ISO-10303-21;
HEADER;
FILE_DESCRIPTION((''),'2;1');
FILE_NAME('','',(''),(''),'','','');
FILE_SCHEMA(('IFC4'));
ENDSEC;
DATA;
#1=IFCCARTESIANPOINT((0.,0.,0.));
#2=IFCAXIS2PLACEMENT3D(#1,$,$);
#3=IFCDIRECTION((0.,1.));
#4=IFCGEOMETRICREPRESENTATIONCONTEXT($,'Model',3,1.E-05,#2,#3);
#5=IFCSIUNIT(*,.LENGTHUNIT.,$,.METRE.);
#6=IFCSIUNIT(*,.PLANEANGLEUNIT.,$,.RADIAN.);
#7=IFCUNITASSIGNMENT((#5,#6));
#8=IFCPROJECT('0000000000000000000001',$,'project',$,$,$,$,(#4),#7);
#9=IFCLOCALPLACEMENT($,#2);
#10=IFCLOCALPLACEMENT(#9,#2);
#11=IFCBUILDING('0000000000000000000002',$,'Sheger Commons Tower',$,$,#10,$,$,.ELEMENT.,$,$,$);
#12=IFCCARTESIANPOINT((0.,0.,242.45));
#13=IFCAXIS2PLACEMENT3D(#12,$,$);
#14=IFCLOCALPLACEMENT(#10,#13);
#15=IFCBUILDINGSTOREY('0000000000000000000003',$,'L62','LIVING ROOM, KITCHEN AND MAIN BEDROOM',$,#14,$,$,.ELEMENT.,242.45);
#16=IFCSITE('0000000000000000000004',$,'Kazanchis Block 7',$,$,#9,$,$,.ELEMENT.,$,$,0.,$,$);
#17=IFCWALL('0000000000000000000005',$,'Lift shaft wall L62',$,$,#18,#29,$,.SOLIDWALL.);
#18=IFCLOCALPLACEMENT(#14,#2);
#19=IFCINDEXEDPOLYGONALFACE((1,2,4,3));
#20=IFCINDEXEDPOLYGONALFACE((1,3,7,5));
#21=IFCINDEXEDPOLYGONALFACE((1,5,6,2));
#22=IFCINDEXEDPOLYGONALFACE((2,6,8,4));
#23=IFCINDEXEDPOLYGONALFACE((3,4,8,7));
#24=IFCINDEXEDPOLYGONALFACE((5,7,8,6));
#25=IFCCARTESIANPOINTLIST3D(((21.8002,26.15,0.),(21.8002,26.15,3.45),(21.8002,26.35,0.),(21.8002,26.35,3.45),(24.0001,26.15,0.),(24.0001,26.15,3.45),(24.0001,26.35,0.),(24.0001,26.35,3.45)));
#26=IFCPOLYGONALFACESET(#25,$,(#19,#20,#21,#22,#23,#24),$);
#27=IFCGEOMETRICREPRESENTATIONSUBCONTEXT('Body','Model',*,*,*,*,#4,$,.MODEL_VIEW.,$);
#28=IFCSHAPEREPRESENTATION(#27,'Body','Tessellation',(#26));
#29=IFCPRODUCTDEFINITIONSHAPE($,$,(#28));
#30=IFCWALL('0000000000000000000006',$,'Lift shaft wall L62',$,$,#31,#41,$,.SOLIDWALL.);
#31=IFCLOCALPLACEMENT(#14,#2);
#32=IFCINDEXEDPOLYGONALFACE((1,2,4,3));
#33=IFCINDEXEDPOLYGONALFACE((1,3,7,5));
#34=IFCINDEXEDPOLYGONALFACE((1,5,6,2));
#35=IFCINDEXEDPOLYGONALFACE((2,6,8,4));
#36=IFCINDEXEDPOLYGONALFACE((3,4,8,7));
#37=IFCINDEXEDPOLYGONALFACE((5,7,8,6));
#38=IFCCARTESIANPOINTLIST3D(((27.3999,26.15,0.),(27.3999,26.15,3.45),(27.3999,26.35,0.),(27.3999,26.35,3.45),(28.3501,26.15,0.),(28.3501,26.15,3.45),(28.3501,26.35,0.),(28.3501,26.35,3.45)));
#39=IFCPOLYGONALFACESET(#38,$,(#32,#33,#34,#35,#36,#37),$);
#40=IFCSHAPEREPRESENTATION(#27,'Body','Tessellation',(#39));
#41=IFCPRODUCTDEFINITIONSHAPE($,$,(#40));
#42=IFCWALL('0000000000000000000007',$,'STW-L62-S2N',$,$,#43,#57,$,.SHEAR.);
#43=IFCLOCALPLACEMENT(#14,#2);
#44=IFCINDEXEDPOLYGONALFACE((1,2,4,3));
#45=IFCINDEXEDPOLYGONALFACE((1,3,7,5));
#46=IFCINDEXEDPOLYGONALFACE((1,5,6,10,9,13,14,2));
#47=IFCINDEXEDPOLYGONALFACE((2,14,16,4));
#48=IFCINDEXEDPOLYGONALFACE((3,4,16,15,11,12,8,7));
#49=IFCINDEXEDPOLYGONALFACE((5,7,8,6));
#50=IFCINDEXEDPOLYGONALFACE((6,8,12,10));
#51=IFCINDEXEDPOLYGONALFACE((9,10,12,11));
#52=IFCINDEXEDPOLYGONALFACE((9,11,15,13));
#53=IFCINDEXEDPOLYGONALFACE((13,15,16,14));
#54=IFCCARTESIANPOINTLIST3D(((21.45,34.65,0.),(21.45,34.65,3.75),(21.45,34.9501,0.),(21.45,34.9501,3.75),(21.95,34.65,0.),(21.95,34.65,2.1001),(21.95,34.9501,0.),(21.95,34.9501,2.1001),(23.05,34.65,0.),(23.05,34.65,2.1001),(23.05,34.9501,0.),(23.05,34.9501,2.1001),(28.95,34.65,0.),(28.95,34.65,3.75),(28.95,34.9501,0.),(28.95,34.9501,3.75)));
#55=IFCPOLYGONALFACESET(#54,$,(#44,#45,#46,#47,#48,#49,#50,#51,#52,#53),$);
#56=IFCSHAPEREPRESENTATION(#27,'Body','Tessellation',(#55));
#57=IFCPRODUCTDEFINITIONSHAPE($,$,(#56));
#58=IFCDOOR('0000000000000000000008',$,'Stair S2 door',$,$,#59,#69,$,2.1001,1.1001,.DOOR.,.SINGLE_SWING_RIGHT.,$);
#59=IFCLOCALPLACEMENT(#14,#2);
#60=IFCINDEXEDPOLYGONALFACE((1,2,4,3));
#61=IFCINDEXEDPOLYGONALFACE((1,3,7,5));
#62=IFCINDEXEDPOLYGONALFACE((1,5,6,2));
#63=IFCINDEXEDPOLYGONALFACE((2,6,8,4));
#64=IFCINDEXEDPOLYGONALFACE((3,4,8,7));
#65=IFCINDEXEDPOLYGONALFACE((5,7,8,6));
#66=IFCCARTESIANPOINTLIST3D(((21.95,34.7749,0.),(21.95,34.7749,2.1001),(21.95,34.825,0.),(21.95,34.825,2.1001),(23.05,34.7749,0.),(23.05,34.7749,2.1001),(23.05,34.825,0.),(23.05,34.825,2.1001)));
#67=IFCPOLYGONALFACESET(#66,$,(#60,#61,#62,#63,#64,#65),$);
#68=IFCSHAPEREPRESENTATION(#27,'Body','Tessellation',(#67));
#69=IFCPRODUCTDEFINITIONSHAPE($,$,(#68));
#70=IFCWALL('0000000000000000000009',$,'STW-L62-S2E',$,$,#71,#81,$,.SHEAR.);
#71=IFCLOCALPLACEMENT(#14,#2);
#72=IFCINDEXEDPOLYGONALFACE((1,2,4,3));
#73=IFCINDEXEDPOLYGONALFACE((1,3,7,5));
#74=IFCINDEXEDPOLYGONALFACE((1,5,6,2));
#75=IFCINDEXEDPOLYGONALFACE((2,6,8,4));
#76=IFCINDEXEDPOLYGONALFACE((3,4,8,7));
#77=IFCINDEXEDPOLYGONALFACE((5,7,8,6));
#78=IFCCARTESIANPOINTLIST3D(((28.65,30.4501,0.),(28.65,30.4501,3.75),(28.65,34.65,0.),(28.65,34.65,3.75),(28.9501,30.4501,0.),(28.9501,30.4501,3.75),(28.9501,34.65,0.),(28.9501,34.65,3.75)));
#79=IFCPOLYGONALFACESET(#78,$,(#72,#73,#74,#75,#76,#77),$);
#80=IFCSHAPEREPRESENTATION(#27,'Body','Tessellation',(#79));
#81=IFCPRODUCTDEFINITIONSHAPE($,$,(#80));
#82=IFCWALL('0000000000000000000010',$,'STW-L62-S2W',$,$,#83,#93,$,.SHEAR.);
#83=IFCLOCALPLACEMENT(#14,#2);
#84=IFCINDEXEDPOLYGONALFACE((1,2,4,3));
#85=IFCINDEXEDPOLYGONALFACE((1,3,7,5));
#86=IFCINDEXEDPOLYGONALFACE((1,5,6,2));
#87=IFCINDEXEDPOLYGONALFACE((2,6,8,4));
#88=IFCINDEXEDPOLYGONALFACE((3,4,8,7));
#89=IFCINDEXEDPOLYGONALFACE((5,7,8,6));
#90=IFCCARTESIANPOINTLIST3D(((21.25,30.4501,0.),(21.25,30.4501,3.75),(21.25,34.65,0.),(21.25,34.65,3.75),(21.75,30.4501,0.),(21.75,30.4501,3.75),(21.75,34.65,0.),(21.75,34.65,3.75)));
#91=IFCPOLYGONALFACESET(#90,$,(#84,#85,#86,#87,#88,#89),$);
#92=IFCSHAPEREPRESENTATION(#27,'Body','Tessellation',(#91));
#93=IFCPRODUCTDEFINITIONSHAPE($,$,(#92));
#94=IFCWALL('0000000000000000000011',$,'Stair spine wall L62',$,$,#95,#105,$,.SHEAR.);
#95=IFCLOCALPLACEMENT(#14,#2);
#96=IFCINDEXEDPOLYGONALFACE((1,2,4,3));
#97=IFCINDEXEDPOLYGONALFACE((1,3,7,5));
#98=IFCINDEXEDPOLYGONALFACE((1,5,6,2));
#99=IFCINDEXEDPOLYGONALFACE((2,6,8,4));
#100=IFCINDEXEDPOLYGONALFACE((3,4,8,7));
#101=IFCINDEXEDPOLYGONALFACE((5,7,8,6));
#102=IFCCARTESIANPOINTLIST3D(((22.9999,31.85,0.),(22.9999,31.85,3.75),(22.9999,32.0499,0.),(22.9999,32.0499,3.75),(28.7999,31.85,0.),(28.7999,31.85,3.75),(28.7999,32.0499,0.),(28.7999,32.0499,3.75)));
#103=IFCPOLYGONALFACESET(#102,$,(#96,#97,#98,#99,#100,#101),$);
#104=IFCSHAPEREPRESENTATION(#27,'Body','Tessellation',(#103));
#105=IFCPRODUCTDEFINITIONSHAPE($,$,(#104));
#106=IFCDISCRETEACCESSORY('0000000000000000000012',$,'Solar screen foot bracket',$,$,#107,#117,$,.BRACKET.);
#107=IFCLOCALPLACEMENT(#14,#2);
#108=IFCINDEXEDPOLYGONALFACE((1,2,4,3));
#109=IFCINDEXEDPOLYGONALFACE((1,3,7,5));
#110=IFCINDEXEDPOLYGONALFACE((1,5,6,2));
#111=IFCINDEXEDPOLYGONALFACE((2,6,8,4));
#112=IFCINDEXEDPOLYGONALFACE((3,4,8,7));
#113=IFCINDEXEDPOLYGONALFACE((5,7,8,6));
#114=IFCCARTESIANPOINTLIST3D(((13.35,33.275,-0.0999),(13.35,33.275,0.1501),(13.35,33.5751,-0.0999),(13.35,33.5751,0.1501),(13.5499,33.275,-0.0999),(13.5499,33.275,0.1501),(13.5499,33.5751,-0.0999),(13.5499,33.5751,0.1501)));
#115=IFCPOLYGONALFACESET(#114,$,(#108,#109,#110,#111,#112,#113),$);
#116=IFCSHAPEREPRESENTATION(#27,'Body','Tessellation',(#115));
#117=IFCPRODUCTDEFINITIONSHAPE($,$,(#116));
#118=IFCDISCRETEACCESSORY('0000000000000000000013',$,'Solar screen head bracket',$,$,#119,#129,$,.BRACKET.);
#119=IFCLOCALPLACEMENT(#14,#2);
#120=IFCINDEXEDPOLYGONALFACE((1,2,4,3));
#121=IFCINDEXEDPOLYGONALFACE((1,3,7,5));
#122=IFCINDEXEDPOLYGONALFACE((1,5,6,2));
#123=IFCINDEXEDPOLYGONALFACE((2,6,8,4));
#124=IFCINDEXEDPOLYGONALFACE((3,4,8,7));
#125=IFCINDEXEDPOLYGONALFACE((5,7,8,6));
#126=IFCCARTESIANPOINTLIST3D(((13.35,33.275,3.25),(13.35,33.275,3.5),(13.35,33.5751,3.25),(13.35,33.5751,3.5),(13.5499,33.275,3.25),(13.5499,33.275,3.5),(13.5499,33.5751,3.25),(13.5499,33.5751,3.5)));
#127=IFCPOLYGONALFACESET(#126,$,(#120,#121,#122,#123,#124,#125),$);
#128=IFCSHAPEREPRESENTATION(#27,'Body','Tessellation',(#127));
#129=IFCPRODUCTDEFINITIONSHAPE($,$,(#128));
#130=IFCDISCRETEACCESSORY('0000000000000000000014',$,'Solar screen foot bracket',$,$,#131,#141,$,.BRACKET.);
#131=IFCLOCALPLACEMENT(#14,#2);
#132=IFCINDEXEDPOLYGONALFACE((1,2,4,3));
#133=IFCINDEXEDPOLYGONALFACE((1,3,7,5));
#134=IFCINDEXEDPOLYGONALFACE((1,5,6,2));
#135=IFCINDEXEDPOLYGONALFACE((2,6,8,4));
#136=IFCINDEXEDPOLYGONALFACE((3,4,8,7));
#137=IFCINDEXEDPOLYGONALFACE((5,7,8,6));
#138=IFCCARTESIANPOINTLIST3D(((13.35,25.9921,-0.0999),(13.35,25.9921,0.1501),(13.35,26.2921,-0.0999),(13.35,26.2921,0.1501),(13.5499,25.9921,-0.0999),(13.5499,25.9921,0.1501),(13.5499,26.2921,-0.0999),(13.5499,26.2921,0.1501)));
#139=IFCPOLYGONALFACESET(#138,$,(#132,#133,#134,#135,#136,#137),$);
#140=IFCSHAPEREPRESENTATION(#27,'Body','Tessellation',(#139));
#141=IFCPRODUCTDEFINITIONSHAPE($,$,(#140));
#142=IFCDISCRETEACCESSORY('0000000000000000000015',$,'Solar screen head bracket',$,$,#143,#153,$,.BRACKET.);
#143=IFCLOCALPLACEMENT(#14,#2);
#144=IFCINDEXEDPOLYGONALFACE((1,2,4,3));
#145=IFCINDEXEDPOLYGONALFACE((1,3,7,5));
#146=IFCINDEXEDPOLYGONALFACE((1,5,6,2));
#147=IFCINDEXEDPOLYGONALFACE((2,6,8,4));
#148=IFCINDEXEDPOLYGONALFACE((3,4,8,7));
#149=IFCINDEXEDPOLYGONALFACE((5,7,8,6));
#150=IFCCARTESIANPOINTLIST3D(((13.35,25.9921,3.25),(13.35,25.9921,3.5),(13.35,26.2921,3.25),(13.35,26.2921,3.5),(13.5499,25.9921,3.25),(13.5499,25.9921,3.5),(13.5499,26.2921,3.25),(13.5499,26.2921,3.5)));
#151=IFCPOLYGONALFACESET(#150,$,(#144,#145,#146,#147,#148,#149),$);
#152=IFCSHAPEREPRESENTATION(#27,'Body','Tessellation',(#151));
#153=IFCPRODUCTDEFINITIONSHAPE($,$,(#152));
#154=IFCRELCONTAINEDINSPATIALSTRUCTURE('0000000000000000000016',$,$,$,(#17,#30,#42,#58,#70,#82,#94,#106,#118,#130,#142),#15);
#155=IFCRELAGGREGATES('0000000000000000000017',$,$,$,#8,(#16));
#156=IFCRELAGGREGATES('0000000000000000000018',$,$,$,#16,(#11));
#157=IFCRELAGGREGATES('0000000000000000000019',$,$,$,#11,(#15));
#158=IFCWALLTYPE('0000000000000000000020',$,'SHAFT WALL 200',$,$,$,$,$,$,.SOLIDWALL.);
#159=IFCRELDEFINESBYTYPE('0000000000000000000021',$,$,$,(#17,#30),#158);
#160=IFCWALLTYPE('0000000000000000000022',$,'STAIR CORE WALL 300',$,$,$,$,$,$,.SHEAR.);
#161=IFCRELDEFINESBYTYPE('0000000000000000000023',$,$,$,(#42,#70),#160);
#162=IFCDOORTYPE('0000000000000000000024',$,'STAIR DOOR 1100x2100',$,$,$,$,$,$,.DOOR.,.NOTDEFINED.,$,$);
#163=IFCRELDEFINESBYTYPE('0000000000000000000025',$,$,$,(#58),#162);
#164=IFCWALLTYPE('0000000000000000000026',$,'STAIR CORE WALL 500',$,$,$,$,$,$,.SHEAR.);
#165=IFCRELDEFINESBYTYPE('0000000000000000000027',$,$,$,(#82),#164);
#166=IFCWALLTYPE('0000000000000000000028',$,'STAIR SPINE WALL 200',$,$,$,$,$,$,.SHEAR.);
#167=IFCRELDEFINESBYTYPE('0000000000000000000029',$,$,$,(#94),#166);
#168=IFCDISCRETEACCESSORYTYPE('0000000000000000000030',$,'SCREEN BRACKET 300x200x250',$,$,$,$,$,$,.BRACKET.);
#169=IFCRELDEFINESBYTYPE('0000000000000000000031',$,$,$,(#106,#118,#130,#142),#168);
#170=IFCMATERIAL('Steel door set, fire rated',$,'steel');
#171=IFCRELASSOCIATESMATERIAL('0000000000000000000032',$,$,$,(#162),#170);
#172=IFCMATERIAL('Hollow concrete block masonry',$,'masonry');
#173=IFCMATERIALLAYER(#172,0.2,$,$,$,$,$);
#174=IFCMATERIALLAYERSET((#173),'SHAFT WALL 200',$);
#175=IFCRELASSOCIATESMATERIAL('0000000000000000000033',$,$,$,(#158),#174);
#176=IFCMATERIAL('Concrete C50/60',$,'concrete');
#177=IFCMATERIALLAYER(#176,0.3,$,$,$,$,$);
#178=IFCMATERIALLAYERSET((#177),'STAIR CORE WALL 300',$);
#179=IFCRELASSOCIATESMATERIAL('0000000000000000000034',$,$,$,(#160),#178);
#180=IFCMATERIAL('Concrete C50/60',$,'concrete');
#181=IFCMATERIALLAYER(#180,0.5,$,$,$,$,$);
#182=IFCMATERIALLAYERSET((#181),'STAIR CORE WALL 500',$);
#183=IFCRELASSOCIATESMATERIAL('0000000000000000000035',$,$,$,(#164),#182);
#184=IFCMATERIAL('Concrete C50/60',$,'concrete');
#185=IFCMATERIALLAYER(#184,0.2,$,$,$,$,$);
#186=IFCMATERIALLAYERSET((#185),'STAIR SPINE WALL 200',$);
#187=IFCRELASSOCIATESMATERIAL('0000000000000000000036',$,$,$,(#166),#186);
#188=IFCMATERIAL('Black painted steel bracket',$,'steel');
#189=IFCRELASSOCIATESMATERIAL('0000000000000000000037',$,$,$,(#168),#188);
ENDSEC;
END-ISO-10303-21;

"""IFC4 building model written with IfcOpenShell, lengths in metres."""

from ifc_helpers import new_model, si_unit, direction, frame, frame_2d, origin, origin_2d, place, context, subcontext, project, spatial, rectangle, extrude, material, layer, layer_set, type_object, element, fill, save


model = new_model("IFC4")

# Units and contexts
model_context = context("Model", 3, precision=1e-05, world=origin(), true_north=direction((0.0, 1.0)))
body_context = subcontext(model_context, "Body", "Model", "MODEL_VIEW")
ifc_project = project(units=[si_unit("LENGTHUNIT", "METRE"), si_unit("PLANEANGLEUNIT", "RADIAN")], contexts=[model_context])

# Site, building, storey
site_placement = place(None, origin())
site = spatial("IfcSite", under=ifc_project, at=site_placement, Name="Kazanchis Block 7", CompositionType="ELEMENT", RefElevation=0.0)
building_placement = place(site_placement, origin())
building = spatial("IfcBuilding", under=site, at=building_placement, Name="Sheger Commons Tower", CompositionType="ELEMENT")
storey_placement = place(building_placement, frame((0.0, 0.0, 242.45)))
storey = spatial("IfcBuildingStorey", under=building, at=storey_placement, Name="L62", Description="LIVING ROOM, KITCHEN AND MAIN BEDROOM", CompositionType="ELEMENT", Elevation=242.45)

# Shared definitions
ifc_material_1 = material(Name="Steel door set, fire rated", Category="steel")
door_type_1 = type_object("IfcDoorType", Name="STAIR DOOR 1100x2100", OperationType="NOTDEFINED", PredefinedType="DOOR", material=ifc_material_1)

# Walls
ifc_material_2 = material(Name="Hollow concrete block masonry", Category="masonry")
ifc_layer_1 = layer(ifc_material_2, 0.2)
ifc_layer_set_1 = layer_set([ifc_layer_1], Name="SHAFT WALL 200")
wall_type_1 = type_object("IfcWallType", Name="SHAFT WALL 200", PredefinedType="SOLIDWALL", material=ifc_layer_set_1)
wall_1_placement = place(storey_placement, frame((21.8, 26.25, 0.0), z_axis=(0.0, 0.0, 1.0), x_axis=(1.0, 0.0, 0.0)))
element("IfcWall", 1, at=wall_1_placement, inside=storey, type_object=wall_type_1, Name="Lift shaft wall L62", PredefinedType="SOLIDWALL", context=body_context, shape_type="SweptSolid", body=[
    extrude(rectangle(XDim=2.2, YDim=0.2, at=frame_2d((1.1001, 0.0))), origin(), (0.0, 0.0, 1.0), 3.45),
])
wall_2_placement = place(storey_placement, frame((27.3999, 26.25, 0.0), z_axis=(0.0, 0.0, 1.0), x_axis=(1.0, 0.0, 0.0)))
element("IfcWall", 2, at=wall_2_placement, inside=storey, type_object=wall_type_1, Name="Lift shaft wall L62", PredefinedType="SOLIDWALL", context=body_context, shape_type="SweptSolid", body=[
    extrude(rectangle(XDim=0.9502, YDim=0.2, at=frame_2d((0.4751, 0.0))), origin(), (0.0, 0.0, 1.0), 3.45),
])

# Wall, opening, door
ifc_material_3 = material(Name="Concrete C50/60", Category="concrete")
ifc_layer_2 = layer(ifc_material_3, 0.3)
ifc_layer_set_2 = layer_set([ifc_layer_2], Name="STAIR CORE WALL 300")
wall_type_2 = type_object("IfcWallType", Name="STAIR CORE WALL 300", PredefinedType="SHEAR", material=ifc_layer_set_2)
wall_3_placement = place(storey_placement, frame((21.45, 34.8, 0.0), z_axis=(0.0, 0.0, 1.0), x_axis=(1.0, 0.0, 0.0)))
wall_3 = element("IfcWall", 3, at=wall_3_placement, inside=storey, type_object=wall_type_2, Name="STW-L62-S2N", PredefinedType="SHEAR", context=body_context, shape_type="SweptSolid", body=[
    extrude(rectangle(XDim=7.5, YDim=0.3, at=frame_2d((3.75, 0.0))), origin(), (0.0, 0.0, 1.0), 3.75),
])
opening_1_placement = place(wall_3_placement, frame((0.5, 0.0, 0.0)))
opening_1 = element("IfcOpeningElement", 4, at=opening_1_placement, cuts=wall_3, PredefinedType="OPENING", context=body_context, shape_type="SweptSolid", body=[
    extrude(rectangle(XDim=1.1001, YDim=2.1001, at=frame_2d((0.55, 1.05))), frame((0.0, 0.1599, 0.0), z_axis=(0.0, -1.0, 0.0), x_axis=(1.0, 0.0, 0.0)), (0.0, 0.0, 1.0), 0.3201),
])
door_1_placement = place(opening_1_placement, origin())
door_1 = element("IfcDoor", 5, at=door_1_placement, inside=storey, type_object=door_type_1, Name="Stair S2 door", OperationType="SINGLE_SWING_RIGHT", OverallHeight=2.1001, OverallWidth=1.1001, PredefinedType="DOOR", context=body_context, shape_type="SweptSolid", body=[
    extrude(rectangle(XDim=1.1001, YDim=2.1001, at=frame_2d((0.55, 1.05))), frame((0.0, 0.0249, 0.0), z_axis=(0.0, -1.0, 0.0), x_axis=(1.0, 0.0, 0.0)), (0.0, 0.0, 1.0), 0.05),
])
fill(opening_1, door_1)

# Walls
wall_4_placement = place(storey_placement, frame((28.8, 30.45, 0.0), z_axis=(0.0, 0.0, 1.0), x_axis=(0.0, 1.0, 0.0)))
element("IfcWall", 6, at=wall_4_placement, inside=storey, type_object=wall_type_2, Name="STW-L62-S2E", PredefinedType="SHEAR", context=body_context, shape_type="SweptSolid", body=[
    extrude(rectangle(XDim=4.2, YDim=0.3, at=frame_2d((2.1001, 0.0))), origin(), (0.0, 0.0, 1.0), 3.75),
])
ifc_material_4 = material(Name="Concrete C50/60", Category="concrete")
ifc_layer_3 = layer(ifc_material_4, 0.5)
ifc_layer_set_3 = layer_set([ifc_layer_3], Name="STAIR CORE WALL 500")
wall_type_3 = type_object("IfcWallType", Name="STAIR CORE WALL 500", PredefinedType="SHEAR", material=ifc_layer_set_3)
wall_5_placement = place(storey_placement, frame((21.5, 30.45, 0.0), z_axis=(0.0, 0.0, 1.0), x_axis=(0.0, 1.0, 0.0)))
element("IfcWall", 7, at=wall_5_placement, inside=storey, type_object=wall_type_3, Name="STW-L62-S2W", PredefinedType="SHEAR", context=body_context, shape_type="SweptSolid", body=[
    extrude(rectangle(XDim=4.2, YDim=0.5, at=frame_2d((2.1001, 0.0))), origin(), (0.0, 0.0, 1.0), 3.75),
])
ifc_material_5 = material(Name="Concrete C50/60", Category="concrete")
ifc_layer_4 = layer(ifc_material_5, 0.2)
ifc_layer_set_4 = layer_set([ifc_layer_4], Name="STAIR SPINE WALL 200")
wall_type_4 = type_object("IfcWallType", Name="STAIR SPINE WALL 200", PredefinedType="SHEAR", material=ifc_layer_set_4)
wall_6_placement = place(storey_placement, frame((23.0, 31.95, 0.0), z_axis=(0.0, 0.0, 1.0), x_axis=(1.0, 0.0, 0.0)))
element("IfcWall", 8, at=wall_6_placement, inside=storey, type_object=wall_type_4, Name="Stair spine wall L62", PredefinedType="SHEAR", context=body_context, shape_type="SweptSolid", body=[
    extrude(rectangle(XDim=5.8, YDim=0.2, at=frame_2d((2.8999, 0.0))), origin(), (0.0, 0.0, 1.0), 3.75),
])

# Discrete accessories
ifc_material_6 = material(Name="Black painted steel bracket", Category="steel")
discrete_accessory_type = type_object("IfcDiscreteAccessoryType", Name="SCREEN BRACKET 300x200x250", PredefinedType="BRACKET", material=ifc_material_6)
for number, where, z_axis, x_axis, name in (
    (9, (13.45, 33.425, -0.0999), (0.0, 0.0, 1.0), (0.0, -1.0, 0.0), "Solar screen foot bracket"),
    (10, (13.45, 33.425, 3.25), (0.0, 0.0, 1.0), (0.0, -1.0, 0.0), "Solar screen head bracket"),
    (11, (13.45, 26.1421, -0.0999), (0.0, 0.0, 1.0), (0.0, -1.0, 0.0), "Solar screen foot bracket"),
    (12, (13.45, 26.1421, 3.25), (0.0, 0.0, 1.0), (0.0, -1.0, 0.0), "Solar screen head bracket"),
):
    element("IfcDiscreteAccessory", number, at=place(storey_placement, frame(where, z_axis=z_axis, x_axis=x_axis)), inside=storey, type_object=discrete_accessory_type, Name=name, PredefinedType="BRACKET", context=body_context, shape_type="SweptSolid", body=[
        extrude(rectangle(XDim=0.3, YDim=0.2, at=origin_2d()), origin(), (0.0, 0.0, 1.0), 0.25),
    ])

save(model, "model.ifc")
